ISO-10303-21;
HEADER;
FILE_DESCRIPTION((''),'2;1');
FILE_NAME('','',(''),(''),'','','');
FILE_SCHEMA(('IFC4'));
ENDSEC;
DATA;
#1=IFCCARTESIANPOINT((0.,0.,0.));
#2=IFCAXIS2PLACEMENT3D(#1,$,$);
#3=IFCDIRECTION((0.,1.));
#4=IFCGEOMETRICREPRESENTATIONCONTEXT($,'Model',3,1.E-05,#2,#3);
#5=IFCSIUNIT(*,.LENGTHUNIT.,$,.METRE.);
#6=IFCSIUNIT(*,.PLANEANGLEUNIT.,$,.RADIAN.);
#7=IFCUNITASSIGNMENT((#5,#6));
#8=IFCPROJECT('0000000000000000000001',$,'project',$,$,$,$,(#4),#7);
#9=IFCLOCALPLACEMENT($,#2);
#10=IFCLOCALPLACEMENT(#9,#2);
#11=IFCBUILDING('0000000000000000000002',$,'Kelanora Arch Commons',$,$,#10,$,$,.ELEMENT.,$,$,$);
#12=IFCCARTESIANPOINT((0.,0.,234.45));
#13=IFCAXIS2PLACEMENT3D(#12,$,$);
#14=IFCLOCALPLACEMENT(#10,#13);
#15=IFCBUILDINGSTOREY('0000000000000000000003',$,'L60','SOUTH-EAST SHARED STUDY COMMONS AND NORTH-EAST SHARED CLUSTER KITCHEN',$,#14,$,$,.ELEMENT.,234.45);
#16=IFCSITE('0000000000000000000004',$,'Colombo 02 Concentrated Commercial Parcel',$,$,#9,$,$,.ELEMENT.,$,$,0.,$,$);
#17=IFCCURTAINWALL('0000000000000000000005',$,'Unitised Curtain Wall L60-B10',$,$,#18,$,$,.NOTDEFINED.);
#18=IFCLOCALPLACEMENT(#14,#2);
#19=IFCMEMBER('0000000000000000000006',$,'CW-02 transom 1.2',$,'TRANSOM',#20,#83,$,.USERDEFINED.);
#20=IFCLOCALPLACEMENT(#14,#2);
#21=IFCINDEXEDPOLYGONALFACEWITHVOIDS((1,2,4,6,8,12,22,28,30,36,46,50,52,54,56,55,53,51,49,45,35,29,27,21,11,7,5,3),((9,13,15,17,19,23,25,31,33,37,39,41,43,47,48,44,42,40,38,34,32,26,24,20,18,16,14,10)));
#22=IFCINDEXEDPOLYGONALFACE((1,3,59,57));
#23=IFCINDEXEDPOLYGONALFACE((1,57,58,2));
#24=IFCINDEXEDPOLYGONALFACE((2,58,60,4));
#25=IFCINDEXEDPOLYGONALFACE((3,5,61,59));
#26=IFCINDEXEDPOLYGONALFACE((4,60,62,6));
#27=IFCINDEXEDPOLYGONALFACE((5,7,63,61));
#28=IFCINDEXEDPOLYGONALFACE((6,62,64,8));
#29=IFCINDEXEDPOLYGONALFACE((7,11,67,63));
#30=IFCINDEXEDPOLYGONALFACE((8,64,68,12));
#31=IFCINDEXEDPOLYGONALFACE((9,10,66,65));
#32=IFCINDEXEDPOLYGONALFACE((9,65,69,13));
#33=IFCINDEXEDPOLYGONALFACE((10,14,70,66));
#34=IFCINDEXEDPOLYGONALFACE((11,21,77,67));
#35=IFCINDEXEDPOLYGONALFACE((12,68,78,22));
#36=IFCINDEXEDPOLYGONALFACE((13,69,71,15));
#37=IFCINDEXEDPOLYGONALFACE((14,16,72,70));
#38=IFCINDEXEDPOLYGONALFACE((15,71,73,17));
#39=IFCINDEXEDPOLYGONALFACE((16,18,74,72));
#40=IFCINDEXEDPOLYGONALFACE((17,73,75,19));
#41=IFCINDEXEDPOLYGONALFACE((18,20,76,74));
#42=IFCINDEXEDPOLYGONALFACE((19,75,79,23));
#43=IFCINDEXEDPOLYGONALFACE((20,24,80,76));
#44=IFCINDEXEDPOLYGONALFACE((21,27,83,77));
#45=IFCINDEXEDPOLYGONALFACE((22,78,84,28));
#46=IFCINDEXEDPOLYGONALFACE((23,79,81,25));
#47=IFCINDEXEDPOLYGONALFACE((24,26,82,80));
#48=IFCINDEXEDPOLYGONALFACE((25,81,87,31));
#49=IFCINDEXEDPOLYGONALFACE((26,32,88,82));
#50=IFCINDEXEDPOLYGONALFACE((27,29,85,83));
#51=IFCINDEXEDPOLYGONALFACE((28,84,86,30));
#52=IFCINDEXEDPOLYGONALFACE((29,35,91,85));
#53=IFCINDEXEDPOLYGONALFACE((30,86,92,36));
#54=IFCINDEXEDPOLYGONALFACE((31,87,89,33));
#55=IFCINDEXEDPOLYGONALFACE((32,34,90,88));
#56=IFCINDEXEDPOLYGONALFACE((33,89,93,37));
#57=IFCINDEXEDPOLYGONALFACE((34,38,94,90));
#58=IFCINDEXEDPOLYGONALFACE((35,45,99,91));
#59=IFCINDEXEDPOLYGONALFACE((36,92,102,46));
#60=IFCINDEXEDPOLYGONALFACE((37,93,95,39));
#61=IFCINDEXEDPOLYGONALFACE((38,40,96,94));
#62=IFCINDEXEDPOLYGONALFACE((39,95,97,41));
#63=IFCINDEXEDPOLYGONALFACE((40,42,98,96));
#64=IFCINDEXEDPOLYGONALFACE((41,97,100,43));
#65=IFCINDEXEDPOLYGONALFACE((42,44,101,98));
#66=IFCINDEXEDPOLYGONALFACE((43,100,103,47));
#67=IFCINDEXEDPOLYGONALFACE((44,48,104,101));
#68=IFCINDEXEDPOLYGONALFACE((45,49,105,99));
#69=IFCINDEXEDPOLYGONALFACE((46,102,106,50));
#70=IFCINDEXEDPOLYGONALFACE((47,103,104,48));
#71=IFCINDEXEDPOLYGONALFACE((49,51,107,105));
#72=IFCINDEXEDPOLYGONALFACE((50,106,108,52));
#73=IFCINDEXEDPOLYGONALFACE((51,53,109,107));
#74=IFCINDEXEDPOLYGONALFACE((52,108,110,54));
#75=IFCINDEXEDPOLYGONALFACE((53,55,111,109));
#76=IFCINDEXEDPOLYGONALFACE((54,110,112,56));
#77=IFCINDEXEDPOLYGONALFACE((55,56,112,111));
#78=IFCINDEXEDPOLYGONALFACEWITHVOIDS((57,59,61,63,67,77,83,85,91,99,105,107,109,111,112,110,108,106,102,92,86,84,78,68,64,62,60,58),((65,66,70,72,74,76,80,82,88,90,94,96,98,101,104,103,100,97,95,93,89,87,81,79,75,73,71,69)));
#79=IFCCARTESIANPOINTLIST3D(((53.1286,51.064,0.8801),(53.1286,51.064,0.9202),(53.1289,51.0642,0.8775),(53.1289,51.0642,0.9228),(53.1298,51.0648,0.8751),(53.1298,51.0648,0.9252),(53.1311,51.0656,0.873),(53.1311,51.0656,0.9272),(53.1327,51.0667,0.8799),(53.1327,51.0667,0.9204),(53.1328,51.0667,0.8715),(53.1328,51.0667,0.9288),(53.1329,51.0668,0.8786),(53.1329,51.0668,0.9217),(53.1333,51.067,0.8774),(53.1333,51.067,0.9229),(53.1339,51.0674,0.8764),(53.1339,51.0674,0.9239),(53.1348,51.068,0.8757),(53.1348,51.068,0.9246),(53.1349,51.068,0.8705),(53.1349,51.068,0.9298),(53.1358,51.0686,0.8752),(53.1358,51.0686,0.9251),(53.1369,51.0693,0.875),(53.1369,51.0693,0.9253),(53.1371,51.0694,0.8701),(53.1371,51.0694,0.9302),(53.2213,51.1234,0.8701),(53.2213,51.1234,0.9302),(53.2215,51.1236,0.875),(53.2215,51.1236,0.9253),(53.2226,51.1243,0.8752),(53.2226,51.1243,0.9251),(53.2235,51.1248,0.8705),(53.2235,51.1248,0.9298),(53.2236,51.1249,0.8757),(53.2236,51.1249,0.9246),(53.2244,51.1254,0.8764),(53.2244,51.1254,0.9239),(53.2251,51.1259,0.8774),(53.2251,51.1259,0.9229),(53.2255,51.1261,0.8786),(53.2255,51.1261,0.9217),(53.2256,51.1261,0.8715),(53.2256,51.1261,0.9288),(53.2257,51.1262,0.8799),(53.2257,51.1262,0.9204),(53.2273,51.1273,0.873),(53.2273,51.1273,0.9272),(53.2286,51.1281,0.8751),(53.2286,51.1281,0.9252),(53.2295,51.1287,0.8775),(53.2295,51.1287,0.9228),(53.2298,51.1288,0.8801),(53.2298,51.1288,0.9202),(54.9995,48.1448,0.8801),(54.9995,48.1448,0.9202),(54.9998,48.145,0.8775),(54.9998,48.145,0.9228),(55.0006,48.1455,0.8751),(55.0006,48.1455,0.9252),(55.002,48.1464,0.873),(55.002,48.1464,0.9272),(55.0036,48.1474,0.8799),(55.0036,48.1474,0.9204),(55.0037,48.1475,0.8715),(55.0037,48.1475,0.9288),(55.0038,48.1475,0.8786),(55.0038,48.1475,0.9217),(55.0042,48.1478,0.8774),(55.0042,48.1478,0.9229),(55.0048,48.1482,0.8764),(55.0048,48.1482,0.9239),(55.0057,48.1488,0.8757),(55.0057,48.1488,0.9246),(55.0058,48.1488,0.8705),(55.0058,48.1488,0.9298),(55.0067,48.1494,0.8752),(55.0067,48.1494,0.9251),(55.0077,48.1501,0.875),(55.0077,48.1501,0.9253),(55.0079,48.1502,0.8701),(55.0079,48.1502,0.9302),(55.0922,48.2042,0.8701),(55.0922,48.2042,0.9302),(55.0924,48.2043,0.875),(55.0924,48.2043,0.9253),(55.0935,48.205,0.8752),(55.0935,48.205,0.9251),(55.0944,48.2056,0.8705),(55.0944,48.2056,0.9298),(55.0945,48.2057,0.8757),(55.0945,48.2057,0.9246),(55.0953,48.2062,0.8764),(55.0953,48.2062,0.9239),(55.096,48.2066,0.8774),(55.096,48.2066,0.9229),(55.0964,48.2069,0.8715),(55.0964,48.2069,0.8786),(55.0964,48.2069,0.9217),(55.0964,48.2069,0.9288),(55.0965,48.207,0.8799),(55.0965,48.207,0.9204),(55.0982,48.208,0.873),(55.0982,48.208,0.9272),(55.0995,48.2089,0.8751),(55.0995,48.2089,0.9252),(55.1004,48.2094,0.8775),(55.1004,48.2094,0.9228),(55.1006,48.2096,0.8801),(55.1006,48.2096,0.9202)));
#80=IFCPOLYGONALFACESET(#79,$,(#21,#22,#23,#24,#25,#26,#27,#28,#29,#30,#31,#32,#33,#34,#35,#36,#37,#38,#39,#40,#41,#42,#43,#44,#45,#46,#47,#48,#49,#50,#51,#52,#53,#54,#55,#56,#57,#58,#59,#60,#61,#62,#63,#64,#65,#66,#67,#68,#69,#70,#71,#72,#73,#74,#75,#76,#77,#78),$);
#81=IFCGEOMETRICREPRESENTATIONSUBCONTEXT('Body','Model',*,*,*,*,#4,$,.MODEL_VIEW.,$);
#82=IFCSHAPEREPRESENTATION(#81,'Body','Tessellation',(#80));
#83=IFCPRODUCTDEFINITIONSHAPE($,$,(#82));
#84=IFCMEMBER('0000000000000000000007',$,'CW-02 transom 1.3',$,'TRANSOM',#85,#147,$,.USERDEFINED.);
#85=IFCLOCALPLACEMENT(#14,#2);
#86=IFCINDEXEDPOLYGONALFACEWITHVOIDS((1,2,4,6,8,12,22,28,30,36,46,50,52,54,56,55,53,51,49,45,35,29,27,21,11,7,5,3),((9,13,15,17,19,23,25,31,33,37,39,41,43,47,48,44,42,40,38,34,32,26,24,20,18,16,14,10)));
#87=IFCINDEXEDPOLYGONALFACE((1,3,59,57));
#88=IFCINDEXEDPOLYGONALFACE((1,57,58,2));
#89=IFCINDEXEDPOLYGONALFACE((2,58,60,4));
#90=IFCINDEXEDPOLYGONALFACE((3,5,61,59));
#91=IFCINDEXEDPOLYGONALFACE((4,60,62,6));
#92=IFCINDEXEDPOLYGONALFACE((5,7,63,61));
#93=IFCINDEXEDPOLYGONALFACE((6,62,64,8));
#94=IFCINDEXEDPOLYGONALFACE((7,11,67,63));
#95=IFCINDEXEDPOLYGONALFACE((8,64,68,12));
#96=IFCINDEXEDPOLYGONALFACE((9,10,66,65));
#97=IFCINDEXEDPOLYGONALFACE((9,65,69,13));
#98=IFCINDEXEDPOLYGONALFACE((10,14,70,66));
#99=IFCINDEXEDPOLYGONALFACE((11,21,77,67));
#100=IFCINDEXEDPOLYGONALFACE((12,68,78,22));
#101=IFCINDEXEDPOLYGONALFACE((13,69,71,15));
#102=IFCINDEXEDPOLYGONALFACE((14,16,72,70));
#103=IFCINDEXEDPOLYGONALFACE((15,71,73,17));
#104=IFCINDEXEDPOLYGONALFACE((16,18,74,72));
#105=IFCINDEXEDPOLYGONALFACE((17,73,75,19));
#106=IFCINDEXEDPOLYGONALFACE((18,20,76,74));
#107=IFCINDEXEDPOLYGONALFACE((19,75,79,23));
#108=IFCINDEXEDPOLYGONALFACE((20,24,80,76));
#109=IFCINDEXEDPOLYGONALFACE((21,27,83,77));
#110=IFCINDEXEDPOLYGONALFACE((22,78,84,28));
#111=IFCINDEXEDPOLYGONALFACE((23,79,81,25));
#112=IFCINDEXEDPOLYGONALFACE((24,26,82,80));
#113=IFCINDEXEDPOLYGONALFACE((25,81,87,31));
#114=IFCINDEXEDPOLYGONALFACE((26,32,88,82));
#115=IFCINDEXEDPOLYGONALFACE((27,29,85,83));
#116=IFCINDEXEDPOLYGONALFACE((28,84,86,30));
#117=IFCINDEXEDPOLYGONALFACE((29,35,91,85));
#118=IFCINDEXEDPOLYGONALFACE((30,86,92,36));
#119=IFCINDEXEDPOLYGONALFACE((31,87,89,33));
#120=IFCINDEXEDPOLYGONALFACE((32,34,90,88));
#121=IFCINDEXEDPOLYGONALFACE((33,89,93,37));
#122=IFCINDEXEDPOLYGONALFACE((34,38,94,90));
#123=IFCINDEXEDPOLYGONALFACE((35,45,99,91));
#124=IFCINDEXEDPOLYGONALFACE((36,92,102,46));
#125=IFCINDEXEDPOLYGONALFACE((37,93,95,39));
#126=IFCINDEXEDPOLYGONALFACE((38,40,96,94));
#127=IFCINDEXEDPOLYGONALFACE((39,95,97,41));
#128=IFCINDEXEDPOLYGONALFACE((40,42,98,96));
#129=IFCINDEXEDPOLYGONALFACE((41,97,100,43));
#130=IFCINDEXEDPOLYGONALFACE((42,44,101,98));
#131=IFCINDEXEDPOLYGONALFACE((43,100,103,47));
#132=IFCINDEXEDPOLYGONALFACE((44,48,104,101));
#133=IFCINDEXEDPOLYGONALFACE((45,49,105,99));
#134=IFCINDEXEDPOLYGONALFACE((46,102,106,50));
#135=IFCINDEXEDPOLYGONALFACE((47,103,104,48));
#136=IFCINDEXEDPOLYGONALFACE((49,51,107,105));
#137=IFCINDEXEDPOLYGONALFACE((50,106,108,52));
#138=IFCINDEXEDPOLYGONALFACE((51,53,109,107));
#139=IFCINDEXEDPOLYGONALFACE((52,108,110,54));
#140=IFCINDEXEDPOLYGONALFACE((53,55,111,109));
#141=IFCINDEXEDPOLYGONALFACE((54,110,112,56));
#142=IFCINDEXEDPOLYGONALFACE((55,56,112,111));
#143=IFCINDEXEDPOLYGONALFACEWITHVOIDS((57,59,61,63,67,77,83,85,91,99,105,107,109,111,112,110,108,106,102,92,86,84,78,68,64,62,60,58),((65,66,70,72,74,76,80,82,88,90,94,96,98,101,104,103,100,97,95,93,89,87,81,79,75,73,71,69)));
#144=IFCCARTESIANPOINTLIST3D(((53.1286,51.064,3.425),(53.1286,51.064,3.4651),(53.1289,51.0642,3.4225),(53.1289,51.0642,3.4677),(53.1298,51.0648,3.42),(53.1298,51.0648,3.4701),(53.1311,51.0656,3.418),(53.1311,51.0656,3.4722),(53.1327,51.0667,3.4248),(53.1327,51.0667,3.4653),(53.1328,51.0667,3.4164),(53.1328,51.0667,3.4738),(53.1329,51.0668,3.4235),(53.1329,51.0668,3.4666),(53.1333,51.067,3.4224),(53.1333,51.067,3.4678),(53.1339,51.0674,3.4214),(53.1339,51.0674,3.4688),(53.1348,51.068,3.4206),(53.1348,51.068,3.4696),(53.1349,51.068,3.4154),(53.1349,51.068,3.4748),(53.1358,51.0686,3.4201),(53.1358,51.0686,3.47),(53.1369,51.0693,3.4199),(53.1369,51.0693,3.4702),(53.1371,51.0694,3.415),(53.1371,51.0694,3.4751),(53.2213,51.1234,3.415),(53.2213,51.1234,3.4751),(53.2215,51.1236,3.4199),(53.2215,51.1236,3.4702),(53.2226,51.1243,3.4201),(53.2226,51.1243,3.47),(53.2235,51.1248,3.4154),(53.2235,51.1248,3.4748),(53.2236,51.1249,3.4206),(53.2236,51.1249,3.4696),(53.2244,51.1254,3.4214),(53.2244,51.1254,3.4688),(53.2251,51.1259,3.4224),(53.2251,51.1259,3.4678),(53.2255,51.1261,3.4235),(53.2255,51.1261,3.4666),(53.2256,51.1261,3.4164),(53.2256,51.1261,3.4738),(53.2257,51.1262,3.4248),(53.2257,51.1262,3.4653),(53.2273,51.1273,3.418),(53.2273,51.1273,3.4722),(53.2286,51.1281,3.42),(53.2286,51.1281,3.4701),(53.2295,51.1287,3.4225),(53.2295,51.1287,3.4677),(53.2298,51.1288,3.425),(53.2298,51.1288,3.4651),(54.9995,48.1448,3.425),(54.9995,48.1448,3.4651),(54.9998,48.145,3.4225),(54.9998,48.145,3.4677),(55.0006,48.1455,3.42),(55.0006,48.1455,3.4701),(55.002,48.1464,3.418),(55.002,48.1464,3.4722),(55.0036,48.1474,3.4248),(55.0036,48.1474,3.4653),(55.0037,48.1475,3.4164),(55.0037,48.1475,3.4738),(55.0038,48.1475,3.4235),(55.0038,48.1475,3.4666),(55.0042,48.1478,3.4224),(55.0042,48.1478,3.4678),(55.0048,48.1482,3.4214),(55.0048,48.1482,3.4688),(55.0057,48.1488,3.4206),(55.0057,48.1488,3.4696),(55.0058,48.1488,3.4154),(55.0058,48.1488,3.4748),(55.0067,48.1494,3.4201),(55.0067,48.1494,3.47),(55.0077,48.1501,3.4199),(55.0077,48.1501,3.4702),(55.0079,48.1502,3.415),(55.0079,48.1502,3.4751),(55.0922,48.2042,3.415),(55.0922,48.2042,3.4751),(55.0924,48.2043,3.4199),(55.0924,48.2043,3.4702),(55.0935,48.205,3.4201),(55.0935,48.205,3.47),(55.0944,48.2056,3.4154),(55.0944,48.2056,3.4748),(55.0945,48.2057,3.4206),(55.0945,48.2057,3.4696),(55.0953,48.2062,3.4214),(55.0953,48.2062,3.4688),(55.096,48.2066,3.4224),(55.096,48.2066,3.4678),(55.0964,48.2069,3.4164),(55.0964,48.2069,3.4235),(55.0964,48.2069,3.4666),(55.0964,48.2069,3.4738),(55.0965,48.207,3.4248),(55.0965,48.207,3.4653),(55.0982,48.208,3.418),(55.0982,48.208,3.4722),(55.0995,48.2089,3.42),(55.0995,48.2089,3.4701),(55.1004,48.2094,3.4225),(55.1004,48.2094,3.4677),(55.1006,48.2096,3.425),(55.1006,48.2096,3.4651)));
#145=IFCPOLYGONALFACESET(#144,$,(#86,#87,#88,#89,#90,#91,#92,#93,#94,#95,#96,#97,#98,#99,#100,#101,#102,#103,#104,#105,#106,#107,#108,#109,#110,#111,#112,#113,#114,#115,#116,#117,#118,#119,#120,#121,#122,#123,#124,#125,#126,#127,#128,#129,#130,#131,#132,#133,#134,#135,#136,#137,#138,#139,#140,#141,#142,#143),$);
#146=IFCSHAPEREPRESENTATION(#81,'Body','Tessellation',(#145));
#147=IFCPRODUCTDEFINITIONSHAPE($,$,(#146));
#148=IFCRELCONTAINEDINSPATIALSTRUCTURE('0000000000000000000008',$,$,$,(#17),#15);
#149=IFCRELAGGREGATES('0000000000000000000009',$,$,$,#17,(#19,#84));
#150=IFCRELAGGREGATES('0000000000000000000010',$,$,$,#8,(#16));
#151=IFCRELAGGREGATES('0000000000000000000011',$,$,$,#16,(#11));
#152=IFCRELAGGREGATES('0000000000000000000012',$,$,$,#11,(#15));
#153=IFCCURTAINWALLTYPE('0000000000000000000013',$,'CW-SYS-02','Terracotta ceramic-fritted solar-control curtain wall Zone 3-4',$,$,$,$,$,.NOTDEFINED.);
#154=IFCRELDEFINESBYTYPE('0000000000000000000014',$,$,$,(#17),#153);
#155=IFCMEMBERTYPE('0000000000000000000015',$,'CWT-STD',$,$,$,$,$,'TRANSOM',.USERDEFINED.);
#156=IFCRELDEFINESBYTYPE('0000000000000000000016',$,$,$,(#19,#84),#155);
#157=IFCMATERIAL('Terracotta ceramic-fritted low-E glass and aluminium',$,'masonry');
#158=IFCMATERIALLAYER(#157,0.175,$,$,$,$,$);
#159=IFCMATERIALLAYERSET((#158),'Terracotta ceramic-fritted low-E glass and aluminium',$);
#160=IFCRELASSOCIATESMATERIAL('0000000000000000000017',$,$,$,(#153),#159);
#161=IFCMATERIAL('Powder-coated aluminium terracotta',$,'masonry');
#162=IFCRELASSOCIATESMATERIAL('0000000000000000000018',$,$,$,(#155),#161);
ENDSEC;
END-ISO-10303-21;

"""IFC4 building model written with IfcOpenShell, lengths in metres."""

from ifc_helpers import new_model, si_unit, direction, frame, origin, origin_2d, place, context, subcontext, project, spatial, hollow_rectangle, extrude, material, layer, layer_set, material_profile, profile_set, type_object, element, aggregate, save


model = new_model("IFC4")

# Units and contexts
model_context = context("Model", 3, precision=1e-05, world=origin(), true_north=direction((0.0, 1.0)))
body_context = subcontext(model_context, "Body", "Model", "MODEL_VIEW")
ifc_project = project(units=[si_unit("LENGTHUNIT", "METRE"), si_unit("PLANEANGLEUNIT", "RADIAN")], contexts=[model_context])

# Site, building, storey
site_placement = place(None, origin())
site = spatial("IfcSite", under=ifc_project, at=site_placement, Name="Colombo 02 Concentrated Commercial Parcel", CompositionType="ELEMENT", RefElevation=0.0)
building_placement = place(site_placement, origin())
building = spatial("IfcBuilding", under=site, at=building_placement, Name="Kelanora Arch Commons", CompositionType="ELEMENT")
storey_placement = place(building_placement, frame((0.0, 0.0, 234.45)))
storey = spatial("IfcBuildingStorey", under=building, at=storey_placement, Name="L60", Description="SOUTH-EAST SHARED STUDY COMMONS AND NORTH-EAST SHARED CLUSTER KITCHEN", CompositionType="ELEMENT", Elevation=234.45)

# Shared definitions
ifc_material_1 = material(Name="Terracotta ceramic-fritted low-E glass and aluminium", Category="masonry")
ifc_layer_1 = layer(ifc_material_1, 0.175)
ifc_layer_set_1 = layer_set([ifc_layer_1], Name="Terracotta ceramic-fritted low-E glass and aluminium")
curtain_wall_type = type_object("IfcCurtainWallType", Name="CW-SYS-02", Description="Terracotta ceramic-fritted solar-control curtain wall Zone 3-4", PredefinedType="NOTDEFINED", material=ifc_layer_set_1)
ifc_material_2 = material(Name="Powder-coated aluminium terracotta", Category="masonry")

# Curtain wall, members
curtain_wall_1_placement = place(storey_placement, origin())
curtain_wall_1 = element("IfcCurtainWall", 1, at=curtain_wall_1_placement, inside=storey, type_object=curtain_wall_type, Name="Unitised Curtain Wall L60-B10", PredefinedType="NOTDEFINED")
ifc_material_profile_1 = material_profile(ifc_material_2, hollow_rectangle(XDim=0.1201, YDim=0.0601, WallThickness=0.0049, InnerFilletRadius=0.0049, OuterFilletRadius=0.01, at=origin_2d()), Name="CWT120x60")
ifc_profile_set_1 = profile_set([ifc_material_profile_1], Name="Powder-coated aluminium terracotta")
member_type_1 = type_object("IfcMemberType", Name="CWT-STD", ElementType="TRANSOM", PredefinedType="USERDEFINED", material=ifc_profile_set_1)
member_1_placement = place(storey_placement, frame((53.1792, 51.0964, 0.9001), z_axis=(0.539579, -0.841935, 0.0), x_axis=(0.841935, 0.539579, 0.0)))
member_1 = element("IfcMember", 2, at=member_1_placement, type_object=member_type_1, Name="CW-02 transom 1.2", ObjectType="TRANSOM", PredefinedType="USERDEFINED", context=body_context, shape_type="SweptSolid", body=[
    extrude(hollow_rectangle(XDim=0.1201, YDim=0.0601, WallThickness=0.0049, InnerFilletRadius=0.0049, OuterFilletRadius=0.01, at=origin_2d()), origin(), (0.0, 0.0, 1.0), 3.4673),
])
member_2_placement = place(storey_placement, frame((53.1792, 51.0964, 3.4451), z_axis=(0.539579, -0.841935, 0.0), x_axis=(0.841935, 0.539579, 0.0)))
member_2 = element("IfcMember", 3, at=member_2_placement, type_object=member_type_1, Name="CW-02 transom 1.3", ObjectType="TRANSOM", PredefinedType="USERDEFINED", context=body_context, shape_type="SweptSolid", body=[
    extrude(hollow_rectangle(XDim=0.1201, YDim=0.0601, WallThickness=0.0049, InnerFilletRadius=0.0049, OuterFilletRadius=0.01, at=origin_2d()), origin(), (0.0, 0.0, 1.0), 3.4673),
])

aggregate(curtain_wall_1, [member_1, member_2])

save(model, "model.ifc")
